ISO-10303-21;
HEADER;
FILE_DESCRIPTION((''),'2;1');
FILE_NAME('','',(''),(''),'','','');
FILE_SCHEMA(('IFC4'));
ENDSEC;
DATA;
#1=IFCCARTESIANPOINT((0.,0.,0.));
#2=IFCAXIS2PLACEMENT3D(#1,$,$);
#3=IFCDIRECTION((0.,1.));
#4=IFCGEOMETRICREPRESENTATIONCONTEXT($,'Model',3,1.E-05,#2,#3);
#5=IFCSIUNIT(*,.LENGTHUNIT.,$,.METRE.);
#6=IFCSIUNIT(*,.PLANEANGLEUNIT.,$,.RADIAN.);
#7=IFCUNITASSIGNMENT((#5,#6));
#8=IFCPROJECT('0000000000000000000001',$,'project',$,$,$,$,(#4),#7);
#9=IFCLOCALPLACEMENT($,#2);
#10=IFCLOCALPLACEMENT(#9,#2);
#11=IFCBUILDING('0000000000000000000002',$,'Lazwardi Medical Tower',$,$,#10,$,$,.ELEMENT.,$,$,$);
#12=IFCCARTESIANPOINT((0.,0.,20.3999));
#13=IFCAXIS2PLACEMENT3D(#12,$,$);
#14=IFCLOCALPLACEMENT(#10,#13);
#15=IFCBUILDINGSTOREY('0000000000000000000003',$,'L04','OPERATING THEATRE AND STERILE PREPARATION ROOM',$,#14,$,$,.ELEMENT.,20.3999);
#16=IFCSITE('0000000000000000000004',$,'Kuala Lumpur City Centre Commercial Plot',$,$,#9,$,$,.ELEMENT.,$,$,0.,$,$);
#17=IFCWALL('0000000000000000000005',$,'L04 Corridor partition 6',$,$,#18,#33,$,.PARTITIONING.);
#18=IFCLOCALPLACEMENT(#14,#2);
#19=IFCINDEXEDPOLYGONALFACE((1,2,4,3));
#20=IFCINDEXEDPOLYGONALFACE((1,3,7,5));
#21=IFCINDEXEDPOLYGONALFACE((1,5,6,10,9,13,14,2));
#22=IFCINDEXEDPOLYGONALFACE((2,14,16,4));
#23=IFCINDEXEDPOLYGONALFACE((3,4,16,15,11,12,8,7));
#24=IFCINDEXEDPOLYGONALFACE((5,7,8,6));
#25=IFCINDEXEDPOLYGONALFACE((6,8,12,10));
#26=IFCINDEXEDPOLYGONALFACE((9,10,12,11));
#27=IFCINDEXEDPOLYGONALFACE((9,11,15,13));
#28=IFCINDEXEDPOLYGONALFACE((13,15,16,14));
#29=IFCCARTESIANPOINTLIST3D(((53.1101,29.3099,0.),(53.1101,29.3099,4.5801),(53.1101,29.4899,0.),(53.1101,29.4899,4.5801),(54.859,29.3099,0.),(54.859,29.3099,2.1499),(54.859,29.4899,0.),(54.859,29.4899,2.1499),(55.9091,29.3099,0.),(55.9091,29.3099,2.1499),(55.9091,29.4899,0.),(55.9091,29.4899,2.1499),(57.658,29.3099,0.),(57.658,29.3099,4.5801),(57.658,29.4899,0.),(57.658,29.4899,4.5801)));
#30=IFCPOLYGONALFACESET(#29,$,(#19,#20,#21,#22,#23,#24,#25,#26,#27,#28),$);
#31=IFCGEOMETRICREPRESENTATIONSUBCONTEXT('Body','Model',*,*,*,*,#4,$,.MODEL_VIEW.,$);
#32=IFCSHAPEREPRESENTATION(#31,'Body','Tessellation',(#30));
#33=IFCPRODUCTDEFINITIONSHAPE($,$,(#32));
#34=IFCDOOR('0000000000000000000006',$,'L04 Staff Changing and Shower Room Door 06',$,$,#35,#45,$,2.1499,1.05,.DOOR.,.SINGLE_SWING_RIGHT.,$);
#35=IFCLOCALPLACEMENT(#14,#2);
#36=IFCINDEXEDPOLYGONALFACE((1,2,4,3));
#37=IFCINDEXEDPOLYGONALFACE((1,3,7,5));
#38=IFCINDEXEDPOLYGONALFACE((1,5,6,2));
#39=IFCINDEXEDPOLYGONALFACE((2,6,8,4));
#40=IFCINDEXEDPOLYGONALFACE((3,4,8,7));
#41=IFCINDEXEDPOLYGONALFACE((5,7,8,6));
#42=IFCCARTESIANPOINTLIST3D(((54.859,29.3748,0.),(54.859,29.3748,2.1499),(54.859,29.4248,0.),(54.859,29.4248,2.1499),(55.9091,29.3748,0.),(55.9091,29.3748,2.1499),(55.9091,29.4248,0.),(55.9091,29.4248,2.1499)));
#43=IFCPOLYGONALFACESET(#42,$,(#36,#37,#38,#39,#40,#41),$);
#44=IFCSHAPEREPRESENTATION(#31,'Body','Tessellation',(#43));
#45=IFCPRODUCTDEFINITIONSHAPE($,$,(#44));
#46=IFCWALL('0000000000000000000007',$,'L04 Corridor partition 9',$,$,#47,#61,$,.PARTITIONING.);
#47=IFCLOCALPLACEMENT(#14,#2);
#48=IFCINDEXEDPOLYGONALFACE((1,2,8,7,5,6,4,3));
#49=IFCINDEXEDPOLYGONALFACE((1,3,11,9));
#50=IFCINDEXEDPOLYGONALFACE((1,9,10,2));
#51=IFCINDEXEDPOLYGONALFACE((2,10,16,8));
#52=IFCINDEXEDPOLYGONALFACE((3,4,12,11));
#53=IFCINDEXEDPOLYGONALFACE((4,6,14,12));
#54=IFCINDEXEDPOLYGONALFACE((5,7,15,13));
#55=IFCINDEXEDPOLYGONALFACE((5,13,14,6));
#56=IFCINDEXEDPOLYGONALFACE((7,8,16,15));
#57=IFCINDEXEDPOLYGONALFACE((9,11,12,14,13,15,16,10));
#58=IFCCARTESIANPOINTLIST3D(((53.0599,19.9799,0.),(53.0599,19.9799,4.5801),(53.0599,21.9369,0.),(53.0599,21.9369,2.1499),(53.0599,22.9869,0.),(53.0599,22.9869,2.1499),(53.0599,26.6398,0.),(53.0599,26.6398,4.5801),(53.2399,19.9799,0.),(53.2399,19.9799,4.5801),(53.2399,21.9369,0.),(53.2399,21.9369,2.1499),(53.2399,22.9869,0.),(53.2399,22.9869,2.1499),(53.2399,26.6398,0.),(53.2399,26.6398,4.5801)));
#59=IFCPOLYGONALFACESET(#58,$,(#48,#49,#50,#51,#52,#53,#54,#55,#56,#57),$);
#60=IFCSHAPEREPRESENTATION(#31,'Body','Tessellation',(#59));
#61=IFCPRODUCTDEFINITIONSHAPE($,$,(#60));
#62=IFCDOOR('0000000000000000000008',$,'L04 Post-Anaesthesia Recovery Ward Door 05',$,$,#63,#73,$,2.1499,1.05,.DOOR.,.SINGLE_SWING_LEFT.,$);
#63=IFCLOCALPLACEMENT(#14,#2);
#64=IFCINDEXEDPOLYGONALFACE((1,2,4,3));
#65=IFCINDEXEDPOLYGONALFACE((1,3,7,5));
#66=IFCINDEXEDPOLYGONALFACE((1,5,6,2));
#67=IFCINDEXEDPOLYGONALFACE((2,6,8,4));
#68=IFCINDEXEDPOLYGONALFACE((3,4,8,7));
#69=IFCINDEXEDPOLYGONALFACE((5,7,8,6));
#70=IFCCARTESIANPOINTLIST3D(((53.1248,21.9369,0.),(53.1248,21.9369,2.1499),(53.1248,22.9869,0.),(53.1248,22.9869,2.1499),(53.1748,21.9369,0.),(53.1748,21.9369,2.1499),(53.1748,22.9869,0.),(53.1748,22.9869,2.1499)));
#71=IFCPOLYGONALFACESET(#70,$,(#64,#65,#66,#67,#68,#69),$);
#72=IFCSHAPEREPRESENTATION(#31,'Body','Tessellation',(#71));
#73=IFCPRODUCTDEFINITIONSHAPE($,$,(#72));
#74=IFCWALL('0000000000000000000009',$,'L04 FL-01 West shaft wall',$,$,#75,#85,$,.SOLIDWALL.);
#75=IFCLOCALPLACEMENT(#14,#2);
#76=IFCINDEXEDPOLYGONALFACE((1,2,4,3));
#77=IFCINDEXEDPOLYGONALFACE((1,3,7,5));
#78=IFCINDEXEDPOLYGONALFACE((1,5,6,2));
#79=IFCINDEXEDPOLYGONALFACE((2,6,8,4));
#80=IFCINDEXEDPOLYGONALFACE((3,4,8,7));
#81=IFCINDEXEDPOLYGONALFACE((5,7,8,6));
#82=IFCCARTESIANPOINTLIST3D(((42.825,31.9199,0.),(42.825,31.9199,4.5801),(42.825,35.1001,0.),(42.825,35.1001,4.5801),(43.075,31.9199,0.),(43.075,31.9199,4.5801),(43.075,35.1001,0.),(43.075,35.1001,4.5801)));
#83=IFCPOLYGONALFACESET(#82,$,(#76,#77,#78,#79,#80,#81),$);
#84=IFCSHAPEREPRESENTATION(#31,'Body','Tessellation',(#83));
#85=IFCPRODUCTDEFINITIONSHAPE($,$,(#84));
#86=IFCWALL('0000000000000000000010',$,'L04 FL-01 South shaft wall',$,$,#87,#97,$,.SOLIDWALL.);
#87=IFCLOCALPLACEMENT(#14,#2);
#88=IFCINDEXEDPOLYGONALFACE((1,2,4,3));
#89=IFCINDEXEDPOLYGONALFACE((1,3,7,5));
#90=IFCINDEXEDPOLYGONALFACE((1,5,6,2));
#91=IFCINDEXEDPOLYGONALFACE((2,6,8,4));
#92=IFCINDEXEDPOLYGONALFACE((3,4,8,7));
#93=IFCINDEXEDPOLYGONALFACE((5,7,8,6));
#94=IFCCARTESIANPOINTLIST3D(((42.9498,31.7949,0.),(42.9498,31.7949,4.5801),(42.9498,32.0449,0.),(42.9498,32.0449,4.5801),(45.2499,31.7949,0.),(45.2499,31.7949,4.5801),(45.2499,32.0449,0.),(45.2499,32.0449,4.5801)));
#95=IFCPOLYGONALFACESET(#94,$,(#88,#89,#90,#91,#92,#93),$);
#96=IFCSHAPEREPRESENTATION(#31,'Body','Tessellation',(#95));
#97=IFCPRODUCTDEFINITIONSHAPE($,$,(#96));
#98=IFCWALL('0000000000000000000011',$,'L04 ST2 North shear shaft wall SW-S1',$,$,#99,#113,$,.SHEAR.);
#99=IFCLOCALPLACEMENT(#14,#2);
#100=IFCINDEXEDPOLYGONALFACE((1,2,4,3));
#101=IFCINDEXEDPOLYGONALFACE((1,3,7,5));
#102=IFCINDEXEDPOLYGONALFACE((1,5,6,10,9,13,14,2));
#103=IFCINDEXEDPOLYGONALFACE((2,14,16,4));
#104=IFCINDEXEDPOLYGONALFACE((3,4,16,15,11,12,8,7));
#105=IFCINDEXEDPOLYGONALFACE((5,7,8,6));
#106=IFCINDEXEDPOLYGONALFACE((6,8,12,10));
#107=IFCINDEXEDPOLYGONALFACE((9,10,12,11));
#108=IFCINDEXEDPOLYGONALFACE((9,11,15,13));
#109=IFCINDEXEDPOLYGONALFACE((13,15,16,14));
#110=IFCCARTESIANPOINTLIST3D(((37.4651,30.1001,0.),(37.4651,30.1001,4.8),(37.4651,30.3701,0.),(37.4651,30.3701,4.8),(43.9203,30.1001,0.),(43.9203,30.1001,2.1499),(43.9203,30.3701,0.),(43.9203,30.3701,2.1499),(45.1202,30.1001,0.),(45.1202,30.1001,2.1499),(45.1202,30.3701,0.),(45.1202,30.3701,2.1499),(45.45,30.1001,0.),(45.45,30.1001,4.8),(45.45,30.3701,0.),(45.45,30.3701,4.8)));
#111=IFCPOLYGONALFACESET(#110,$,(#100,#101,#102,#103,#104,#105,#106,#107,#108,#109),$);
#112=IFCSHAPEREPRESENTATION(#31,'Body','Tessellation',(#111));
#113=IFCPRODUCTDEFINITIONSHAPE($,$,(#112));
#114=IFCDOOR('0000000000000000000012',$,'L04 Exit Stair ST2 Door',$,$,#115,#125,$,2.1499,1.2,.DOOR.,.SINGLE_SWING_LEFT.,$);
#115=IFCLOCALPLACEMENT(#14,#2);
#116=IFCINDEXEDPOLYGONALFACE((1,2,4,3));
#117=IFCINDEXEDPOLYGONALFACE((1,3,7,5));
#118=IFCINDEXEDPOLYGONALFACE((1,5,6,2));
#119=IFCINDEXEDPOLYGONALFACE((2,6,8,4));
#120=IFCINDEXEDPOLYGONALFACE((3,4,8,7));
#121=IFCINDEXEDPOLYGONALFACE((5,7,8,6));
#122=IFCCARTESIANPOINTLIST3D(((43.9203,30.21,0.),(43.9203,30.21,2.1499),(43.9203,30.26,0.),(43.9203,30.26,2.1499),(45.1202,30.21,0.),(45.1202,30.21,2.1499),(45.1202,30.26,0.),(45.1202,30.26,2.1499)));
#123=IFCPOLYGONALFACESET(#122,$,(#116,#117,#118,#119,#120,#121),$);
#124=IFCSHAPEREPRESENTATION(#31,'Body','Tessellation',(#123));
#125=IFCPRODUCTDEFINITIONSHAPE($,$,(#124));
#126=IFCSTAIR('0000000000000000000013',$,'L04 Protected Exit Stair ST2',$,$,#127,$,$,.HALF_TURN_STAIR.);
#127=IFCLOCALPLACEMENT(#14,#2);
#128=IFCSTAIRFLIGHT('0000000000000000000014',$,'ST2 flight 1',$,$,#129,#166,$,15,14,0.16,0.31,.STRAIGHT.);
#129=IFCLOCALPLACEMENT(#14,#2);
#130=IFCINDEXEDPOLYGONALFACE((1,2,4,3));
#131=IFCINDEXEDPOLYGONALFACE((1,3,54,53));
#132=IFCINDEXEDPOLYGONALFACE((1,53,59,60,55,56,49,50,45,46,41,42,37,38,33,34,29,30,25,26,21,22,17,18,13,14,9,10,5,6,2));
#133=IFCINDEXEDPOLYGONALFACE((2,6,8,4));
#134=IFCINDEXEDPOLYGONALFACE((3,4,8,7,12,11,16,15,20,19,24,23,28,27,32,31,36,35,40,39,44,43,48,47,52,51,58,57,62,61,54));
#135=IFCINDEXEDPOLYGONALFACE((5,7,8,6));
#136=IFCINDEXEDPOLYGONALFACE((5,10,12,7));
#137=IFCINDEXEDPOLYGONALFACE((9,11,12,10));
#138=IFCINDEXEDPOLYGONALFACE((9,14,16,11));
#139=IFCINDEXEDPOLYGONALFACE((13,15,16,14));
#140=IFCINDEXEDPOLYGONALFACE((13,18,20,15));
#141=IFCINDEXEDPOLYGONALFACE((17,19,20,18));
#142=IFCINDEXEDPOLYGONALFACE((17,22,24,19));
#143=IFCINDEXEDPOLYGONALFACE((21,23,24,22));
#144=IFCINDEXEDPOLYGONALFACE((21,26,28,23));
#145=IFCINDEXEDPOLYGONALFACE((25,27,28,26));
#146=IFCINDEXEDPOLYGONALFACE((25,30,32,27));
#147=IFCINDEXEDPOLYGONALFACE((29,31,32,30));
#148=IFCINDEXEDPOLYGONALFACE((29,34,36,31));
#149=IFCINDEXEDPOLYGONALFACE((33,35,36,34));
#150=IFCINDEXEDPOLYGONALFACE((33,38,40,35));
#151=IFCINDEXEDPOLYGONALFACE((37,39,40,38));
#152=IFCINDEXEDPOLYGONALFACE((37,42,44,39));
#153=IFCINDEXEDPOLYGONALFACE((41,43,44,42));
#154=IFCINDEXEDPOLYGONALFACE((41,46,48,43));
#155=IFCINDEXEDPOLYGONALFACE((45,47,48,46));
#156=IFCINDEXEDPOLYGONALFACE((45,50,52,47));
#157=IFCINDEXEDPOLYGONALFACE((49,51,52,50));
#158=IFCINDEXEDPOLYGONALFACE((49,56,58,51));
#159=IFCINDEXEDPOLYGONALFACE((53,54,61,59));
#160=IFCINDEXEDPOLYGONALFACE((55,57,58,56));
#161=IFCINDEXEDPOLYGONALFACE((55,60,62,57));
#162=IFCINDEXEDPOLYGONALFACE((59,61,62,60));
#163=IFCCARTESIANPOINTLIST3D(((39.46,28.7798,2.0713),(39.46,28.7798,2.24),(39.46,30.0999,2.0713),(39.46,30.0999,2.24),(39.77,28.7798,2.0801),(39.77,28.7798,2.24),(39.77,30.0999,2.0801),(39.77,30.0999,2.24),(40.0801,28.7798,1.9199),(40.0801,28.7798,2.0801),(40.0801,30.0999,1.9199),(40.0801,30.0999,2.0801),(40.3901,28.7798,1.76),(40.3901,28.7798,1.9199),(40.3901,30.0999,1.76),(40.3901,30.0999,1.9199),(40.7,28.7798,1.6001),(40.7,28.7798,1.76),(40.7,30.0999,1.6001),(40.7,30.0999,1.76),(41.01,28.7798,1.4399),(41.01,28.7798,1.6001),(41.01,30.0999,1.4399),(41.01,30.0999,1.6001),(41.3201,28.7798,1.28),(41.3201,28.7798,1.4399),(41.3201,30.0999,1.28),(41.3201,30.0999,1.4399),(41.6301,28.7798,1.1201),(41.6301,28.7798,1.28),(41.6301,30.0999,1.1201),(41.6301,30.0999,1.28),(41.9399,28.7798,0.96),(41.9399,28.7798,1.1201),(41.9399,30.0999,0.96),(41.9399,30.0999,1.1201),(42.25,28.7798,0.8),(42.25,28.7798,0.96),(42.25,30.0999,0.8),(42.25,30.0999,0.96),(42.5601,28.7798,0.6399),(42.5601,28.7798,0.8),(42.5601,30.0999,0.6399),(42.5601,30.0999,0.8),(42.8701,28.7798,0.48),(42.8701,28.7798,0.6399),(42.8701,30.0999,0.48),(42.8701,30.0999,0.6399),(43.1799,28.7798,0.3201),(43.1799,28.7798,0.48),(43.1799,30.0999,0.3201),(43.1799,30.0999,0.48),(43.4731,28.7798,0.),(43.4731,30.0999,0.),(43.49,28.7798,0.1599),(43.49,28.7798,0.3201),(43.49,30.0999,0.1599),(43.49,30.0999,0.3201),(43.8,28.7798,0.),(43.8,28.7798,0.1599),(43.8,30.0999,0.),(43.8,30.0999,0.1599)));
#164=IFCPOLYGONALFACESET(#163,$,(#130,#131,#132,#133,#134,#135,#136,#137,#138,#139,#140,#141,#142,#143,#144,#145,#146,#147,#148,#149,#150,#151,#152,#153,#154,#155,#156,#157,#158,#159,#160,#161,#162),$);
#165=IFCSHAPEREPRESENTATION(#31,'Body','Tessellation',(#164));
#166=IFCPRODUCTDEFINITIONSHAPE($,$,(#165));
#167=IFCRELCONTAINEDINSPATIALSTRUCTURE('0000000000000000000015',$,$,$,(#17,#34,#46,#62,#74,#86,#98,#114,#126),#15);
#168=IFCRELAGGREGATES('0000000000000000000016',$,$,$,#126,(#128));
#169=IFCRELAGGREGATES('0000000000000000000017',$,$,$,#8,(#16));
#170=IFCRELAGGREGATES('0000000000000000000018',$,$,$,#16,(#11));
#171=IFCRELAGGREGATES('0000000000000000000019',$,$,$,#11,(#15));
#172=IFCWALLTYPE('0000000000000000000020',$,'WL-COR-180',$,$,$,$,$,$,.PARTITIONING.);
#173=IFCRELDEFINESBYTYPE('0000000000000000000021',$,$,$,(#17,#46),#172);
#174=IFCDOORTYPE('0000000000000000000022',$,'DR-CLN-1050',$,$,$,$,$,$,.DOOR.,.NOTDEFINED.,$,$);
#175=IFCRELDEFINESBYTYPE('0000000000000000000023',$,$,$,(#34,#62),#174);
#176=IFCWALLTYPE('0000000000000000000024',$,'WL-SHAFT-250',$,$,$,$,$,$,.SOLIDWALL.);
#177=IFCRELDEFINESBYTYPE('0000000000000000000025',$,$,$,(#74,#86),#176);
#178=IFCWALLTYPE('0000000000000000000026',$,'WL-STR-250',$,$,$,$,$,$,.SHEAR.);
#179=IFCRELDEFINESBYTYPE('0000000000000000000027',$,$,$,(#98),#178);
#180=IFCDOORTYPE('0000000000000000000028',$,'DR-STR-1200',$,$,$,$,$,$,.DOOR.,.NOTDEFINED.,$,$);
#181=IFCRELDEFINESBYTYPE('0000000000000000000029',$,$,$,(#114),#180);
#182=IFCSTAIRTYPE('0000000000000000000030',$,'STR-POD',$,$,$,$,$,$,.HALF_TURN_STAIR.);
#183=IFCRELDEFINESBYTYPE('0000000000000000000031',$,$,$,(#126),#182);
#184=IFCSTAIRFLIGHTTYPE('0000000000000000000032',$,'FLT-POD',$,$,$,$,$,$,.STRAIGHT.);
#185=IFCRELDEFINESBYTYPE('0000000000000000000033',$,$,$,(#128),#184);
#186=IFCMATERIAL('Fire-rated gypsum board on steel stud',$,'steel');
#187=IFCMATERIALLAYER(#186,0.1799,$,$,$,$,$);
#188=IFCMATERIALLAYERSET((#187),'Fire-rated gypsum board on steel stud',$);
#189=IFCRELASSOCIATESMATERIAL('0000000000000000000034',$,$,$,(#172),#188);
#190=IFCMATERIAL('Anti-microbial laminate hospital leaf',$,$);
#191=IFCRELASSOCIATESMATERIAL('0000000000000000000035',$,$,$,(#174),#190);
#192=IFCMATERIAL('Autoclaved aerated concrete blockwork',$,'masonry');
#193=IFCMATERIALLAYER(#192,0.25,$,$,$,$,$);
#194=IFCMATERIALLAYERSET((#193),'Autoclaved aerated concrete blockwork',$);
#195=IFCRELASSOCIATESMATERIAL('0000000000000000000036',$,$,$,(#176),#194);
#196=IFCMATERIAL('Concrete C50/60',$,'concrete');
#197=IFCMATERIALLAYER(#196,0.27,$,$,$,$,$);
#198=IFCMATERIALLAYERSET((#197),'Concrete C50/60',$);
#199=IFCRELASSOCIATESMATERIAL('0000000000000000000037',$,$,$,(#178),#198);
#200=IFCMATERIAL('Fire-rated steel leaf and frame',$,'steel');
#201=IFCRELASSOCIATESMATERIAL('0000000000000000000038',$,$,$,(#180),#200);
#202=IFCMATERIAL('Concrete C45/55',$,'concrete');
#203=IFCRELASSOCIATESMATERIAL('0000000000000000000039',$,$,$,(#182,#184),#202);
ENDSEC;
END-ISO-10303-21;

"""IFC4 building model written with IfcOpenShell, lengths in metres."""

from ifc_helpers import new_model, si_unit, direction, frame, frame_2d, origin, place, context, subcontext, project, spatial, polyline, rectangle, outline, extrude, material, layer, layer_set, type_object, element, fill, aggregate, save


model = new_model("IFC4")

# Units and contexts
model_context = context("Model", 3, precision=1e-05, world=origin(), true_north=direction((0.0, 1.0)))
body_context = subcontext(model_context, "Body", "Model", "MODEL_VIEW")
ifc_project = project(units=[si_unit("LENGTHUNIT", "METRE"), si_unit("PLANEANGLEUNIT", "RADIAN")], contexts=[model_context])

# Site, building, storey
site_placement = place(None, origin())
site = spatial("IfcSite", under=ifc_project, at=site_placement, Name="Kuala Lumpur City Centre Commercial Plot", CompositionType="ELEMENT", RefElevation=0.0)
building_placement = place(site_placement, origin())
building = spatial("IfcBuilding", under=site, at=building_placement, Name="Lazwardi Medical Tower", CompositionType="ELEMENT")
storey_placement = place(building_placement, frame((0.0, 0.0, 20.3999)))
storey = spatial("IfcBuildingStorey", under=building, at=storey_placement, Name="L04", Description="OPERATING THEATRE AND STERILE PREPARATION ROOM", CompositionType="ELEMENT", Elevation=20.3999)

# Walls, openings, doors
ifc_material_1 = material(Name="Fire-rated gypsum board on steel stud", Category="steel")
ifc_layer_1 = layer(ifc_material_1, 0.1799)
ifc_layer_set_1 = layer_set([ifc_layer_1], Name="Fire-rated gypsum board on steel stud")
wall_type_1 = type_object("IfcWallType", Name="WL-COR-180", PredefinedType="PARTITIONING", material=ifc_layer_set_1)
wall_1_placement = place(storey_placement, frame((53.1101, 29.3999, 0.0), z_axis=(0.0, 0.0, 1.0), x_axis=(1.0, 0.0, 0.0)))
wall_1 = element("IfcWall", 1, at=wall_1_placement, inside=storey, type_object=wall_type_1, Name="L04 Corridor partition 6", PredefinedType="PARTITIONING", context=body_context, shape_type="SweptSolid", body=[
    extrude(rectangle(XDim=4.5479, YDim=0.1799, at=frame_2d((2.2739, 0.0))), origin(), (0.0, 0.0, 1.0), 4.5801),
])
opening_1_placement = place(wall_1_placement, frame((1.749, 0.0, 0.0)))
opening_1 = element("IfcOpeningElement", 2, at=opening_1_placement, cuts=wall_1, PredefinedType="OPENING", context=body_context, shape_type="SweptSolid", body=[
    extrude(rectangle(XDim=1.05, YDim=2.1499, at=frame_2d((0.5249, 1.075))), frame((0.0, 0.0999, 0.0), z_axis=(0.0, -1.0, 0.0), x_axis=(1.0, 0.0, 0.0)), (0.0, 0.0, 1.0), 0.2),
])
ifc_material_2 = material(Name="Anti-microbial laminate hospital leaf")
door_type_1 = type_object("IfcDoorType", Name="DR-CLN-1050", OperationType="NOTDEFINED", PredefinedType="DOOR", material=ifc_material_2)
door_1_placement = place(opening_1_placement, origin())
door_1 = element("IfcDoor", 3, at=door_1_placement, inside=storey, type_object=door_type_1, Name="L04 Staff Changing and Shower Room Door 06", OperationType="SINGLE_SWING_RIGHT", OverallHeight=2.1499, OverallWidth=1.05, PredefinedType="DOOR", context=body_context, shape_type="SweptSolid", body=[
    extrude(rectangle(XDim=1.05, YDim=2.1499, at=frame_2d((0.5249, 1.075))), frame((0.0, 0.0249, 0.0), z_axis=(0.0, -1.0, 0.0), x_axis=(1.0, 0.0, 0.0)), (0.0, 0.0, 1.0), 0.05),
])
fill(opening_1, door_1)
wall_2_placement = place(storey_placement, frame((53.1499, 26.6399, 0.0), z_axis=(0.0, 0.0, 1.0), x_axis=(0.0, -1.0, 0.0)))
wall_2 = element("IfcWall", 4, at=wall_2_placement, inside=storey, type_object=wall_type_1, Name="L04 Corridor partition 9", PredefinedType="PARTITIONING", context=body_context, shape_type="SweptSolid", body=[
    extrude(rectangle(XDim=6.6599, YDim=0.1799, at=frame_2d((3.3301, 0.0))), origin(), (0.0, 0.0, 1.0), 4.5801),
])
opening_2_placement = place(wall_2_placement, frame((3.6531, 0.0, 0.0)))
opening_2 = element("IfcOpeningElement", 5, at=opening_2_placement, cuts=wall_2, PredefinedType="OPENING", context=body_context, shape_type="SweptSolid", body=[
    extrude(rectangle(XDim=1.05, YDim=2.1499, at=frame_2d((0.5249, 1.075))), frame((0.0, 0.0999, 0.0), z_axis=(0.0, -1.0, 0.0), x_axis=(1.0, 0.0, 0.0)), (0.0, 0.0, 1.0), 0.2),
])
door_2_placement = place(opening_2_placement, origin())
door_2 = element("IfcDoor", 6, at=door_2_placement, inside=storey, type_object=door_type_1, Name="L04 Post-Anaesthesia Recovery Ward Door 05", OperationType="SINGLE_SWING_LEFT", OverallHeight=2.1499, OverallWidth=1.05, PredefinedType="DOOR", context=body_context, shape_type="SweptSolid", body=[
    extrude(rectangle(XDim=1.05, YDim=2.1499, at=frame_2d((0.5249, 1.075))), frame((0.0, 0.0249, 0.0), z_axis=(0.0, -1.0, 0.0), x_axis=(1.0, 0.0, 0.0)), (0.0, 0.0, 1.0), 0.05),
])
fill(opening_2, door_2)

# Walls
ifc_material_3 = material(Name="Autoclaved aerated concrete blockwork", Category="masonry")
ifc_layer_2 = layer(ifc_material_3, 0.25)
ifc_layer_set_2 = layer_set([ifc_layer_2], Name="Autoclaved aerated concrete blockwork")
wall_type_2 = type_object("IfcWallType", Name="WL-SHAFT-250", PredefinedType="SOLIDWALL", material=ifc_layer_set_2)
wall_3_placement = place(storey_placement, frame((42.95, 31.9199, 0.0), z_axis=(0.0, 0.0, 1.0), x_axis=(0.0, 1.0, 0.0)))
element("IfcWall", 7, at=wall_3_placement, inside=storey, type_object=wall_type_2, Name="L04 FL-01 West shaft wall", PredefinedType="SOLIDWALL", context=body_context, shape_type="SweptSolid", body=[
    extrude(rectangle(XDim=3.1802, YDim=0.25, at=frame_2d((1.5901, 0.0))), origin(), (0.0, 0.0, 1.0), 4.5801),
])
wall_4_placement = place(storey_placement, frame((42.95, 31.9199, 0.0), z_axis=(0.0, 0.0, 1.0), x_axis=(1.0, 0.0, 0.0)))
element("IfcWall", 8, at=wall_4_placement, inside=storey, type_object=wall_type_2, Name="L04 FL-01 South shaft wall", PredefinedType="SOLIDWALL", context=body_context, shape_type="SweptSolid", body=[
    extrude(rectangle(XDim=2.3, YDim=0.25, at=frame_2d((1.1499, 0.0))), origin(), (0.0, 0.0, 1.0), 4.5801),
])

# Wall, opening, door
ifc_material_4 = material(Name="Concrete C50/60", Category="concrete")
ifc_layer_3 = layer(ifc_material_4, 0.27)
ifc_layer_set_3 = layer_set([ifc_layer_3], Name="Concrete C50/60")
wall_type_3 = type_object("IfcWallType", Name="WL-STR-250", PredefinedType="SHEAR", material=ifc_layer_set_3)
wall_5_placement = place(storey_placement, frame((37.4651, 30.2351, 0.0), z_axis=(0.0, 0.0, 1.0), x_axis=(1.0, 0.0, 0.0)))
wall_5 = element("IfcWall", 9, at=wall_5_placement, inside=storey, type_object=wall_type_3, Name="L04 ST2 North shear shaft wall SW-S1", PredefinedType="SHEAR", context=body_context, shape_type="SweptSolid", body=[
    extrude(rectangle(XDim=7.9849, YDim=0.27, at=frame_2d((3.9924, 0.0))), origin(), (0.0, 0.0, 1.0), 4.8),
])
opening_3_placement = place(wall_5_placement, frame((6.4551, 0.0, 0.0)))
opening_3 = element("IfcOpeningElement", 10, at=opening_3_placement, cuts=wall_5, PredefinedType="OPENING", context=body_context, shape_type="SweptSolid", body=[
    extrude(rectangle(XDim=1.2, YDim=2.1499, at=frame_2d((0.6001, 1.075))), frame((0.0, 0.145, 0.0), z_axis=(0.0, -1.0, 0.0), x_axis=(1.0, 0.0, 0.0)), (0.0, 0.0, 1.0), 0.29),
])
ifc_material_5 = material(Name="Fire-rated steel leaf and frame", Category="steel")
door_type_2 = type_object("IfcDoorType", Name="DR-STR-1200", OperationType="NOTDEFINED", PredefinedType="DOOR", material=ifc_material_5)
door_3_placement = place(opening_3_placement, origin())
door_3 = element("IfcDoor", 11, at=door_3_placement, inside=storey, type_object=door_type_2, Name="L04 Exit Stair ST2 Door", OperationType="SINGLE_SWING_LEFT", OverallHeight=2.1499, OverallWidth=1.2, PredefinedType="DOOR", context=body_context, shape_type="SweptSolid", body=[
    extrude(rectangle(XDim=1.2, YDim=2.1499, at=frame_2d((0.6001, 1.075))), frame((0.0, 0.0249, 0.0), z_axis=(0.0, -1.0, 0.0), x_axis=(1.0, 0.0, 0.0)), (0.0, 0.0, 1.0), 0.05),
])
fill(opening_3, door_3)

# Stair, stair flight
ifc_material_6 = material(Name="Concrete C45/55", Category="concrete")
stair_type = type_object("IfcStairType", Name="STR-POD", PredefinedType="HALF_TURN_STAIR", material=ifc_material_6)
stair_1_placement = place(storey_placement, origin())
stair_1 = element("IfcStair", 12, at=stair_1_placement, inside=storey, type_object=stair_type, Name="L04 Protected Exit Stair ST2", PredefinedType="HALF_TURN_STAIR")
stair_flight_type = type_object("IfcStairFlightType", Name="FLT-POD", PredefinedType="STRAIGHT", material=ifc_material_6)
stair_flight_1_placement = place(storey_placement, frame((43.8, 29.4399, 0.0), z_axis=(0.0, 0.0, 1.0), x_axis=(-1.0, 0.0, 0.0)))
stair_flight_1 = element("IfcStairFlight", 13, at=stair_flight_1_placement, type_object=stair_flight_type, Name="ST2 flight 1", NumberOfRisers=15, NumberOfTreads=14, PredefinedType="STRAIGHT", RiserHeight=0.16, TreadLength=0.31, context=body_context, shape_type="SweptSolid", body=[
    extrude(outline(polyline([(0.0, 0.0), (0.0, 0.1599), (0.3101, 0.1599), (0.3101, 0.3201), (0.6201, 0.3201), (0.6201, 0.48), (0.9299, 0.48), (0.9299, 0.6399), (1.24, 0.6399), (1.24, 0.8), (1.55, 0.8), (1.55, 0.96), (1.8601, 0.96), (1.8601, 1.1201), (2.1699, 1.1201), (2.1699, 1.28), (2.48, 1.28), (2.48, 1.4399), (2.79, 1.4399), (2.79, 1.6001), (3.1001, 1.6001), (3.1001, 1.76), (3.4099, 1.76), (3.4099, 1.9199), (3.72, 1.9199), (3.72, 2.0801), (4.03, 2.0801), (4.03, 2.24), (4.3401, 2.24), (4.3401, 2.3999), (4.3401, 2.0713), (0.3269, 0.0), (0.0, 0.0)])), frame((0.0, 0.6602, 0.0), z_axis=(0.0, -1.0, 0.0), x_axis=(1.0, 0.0, 0.0)), (0.0, 0.0, 1.0), 1.3201),
])
aggregate(stair_1, [stair_flight_1])

save(model, "model.ifc")
